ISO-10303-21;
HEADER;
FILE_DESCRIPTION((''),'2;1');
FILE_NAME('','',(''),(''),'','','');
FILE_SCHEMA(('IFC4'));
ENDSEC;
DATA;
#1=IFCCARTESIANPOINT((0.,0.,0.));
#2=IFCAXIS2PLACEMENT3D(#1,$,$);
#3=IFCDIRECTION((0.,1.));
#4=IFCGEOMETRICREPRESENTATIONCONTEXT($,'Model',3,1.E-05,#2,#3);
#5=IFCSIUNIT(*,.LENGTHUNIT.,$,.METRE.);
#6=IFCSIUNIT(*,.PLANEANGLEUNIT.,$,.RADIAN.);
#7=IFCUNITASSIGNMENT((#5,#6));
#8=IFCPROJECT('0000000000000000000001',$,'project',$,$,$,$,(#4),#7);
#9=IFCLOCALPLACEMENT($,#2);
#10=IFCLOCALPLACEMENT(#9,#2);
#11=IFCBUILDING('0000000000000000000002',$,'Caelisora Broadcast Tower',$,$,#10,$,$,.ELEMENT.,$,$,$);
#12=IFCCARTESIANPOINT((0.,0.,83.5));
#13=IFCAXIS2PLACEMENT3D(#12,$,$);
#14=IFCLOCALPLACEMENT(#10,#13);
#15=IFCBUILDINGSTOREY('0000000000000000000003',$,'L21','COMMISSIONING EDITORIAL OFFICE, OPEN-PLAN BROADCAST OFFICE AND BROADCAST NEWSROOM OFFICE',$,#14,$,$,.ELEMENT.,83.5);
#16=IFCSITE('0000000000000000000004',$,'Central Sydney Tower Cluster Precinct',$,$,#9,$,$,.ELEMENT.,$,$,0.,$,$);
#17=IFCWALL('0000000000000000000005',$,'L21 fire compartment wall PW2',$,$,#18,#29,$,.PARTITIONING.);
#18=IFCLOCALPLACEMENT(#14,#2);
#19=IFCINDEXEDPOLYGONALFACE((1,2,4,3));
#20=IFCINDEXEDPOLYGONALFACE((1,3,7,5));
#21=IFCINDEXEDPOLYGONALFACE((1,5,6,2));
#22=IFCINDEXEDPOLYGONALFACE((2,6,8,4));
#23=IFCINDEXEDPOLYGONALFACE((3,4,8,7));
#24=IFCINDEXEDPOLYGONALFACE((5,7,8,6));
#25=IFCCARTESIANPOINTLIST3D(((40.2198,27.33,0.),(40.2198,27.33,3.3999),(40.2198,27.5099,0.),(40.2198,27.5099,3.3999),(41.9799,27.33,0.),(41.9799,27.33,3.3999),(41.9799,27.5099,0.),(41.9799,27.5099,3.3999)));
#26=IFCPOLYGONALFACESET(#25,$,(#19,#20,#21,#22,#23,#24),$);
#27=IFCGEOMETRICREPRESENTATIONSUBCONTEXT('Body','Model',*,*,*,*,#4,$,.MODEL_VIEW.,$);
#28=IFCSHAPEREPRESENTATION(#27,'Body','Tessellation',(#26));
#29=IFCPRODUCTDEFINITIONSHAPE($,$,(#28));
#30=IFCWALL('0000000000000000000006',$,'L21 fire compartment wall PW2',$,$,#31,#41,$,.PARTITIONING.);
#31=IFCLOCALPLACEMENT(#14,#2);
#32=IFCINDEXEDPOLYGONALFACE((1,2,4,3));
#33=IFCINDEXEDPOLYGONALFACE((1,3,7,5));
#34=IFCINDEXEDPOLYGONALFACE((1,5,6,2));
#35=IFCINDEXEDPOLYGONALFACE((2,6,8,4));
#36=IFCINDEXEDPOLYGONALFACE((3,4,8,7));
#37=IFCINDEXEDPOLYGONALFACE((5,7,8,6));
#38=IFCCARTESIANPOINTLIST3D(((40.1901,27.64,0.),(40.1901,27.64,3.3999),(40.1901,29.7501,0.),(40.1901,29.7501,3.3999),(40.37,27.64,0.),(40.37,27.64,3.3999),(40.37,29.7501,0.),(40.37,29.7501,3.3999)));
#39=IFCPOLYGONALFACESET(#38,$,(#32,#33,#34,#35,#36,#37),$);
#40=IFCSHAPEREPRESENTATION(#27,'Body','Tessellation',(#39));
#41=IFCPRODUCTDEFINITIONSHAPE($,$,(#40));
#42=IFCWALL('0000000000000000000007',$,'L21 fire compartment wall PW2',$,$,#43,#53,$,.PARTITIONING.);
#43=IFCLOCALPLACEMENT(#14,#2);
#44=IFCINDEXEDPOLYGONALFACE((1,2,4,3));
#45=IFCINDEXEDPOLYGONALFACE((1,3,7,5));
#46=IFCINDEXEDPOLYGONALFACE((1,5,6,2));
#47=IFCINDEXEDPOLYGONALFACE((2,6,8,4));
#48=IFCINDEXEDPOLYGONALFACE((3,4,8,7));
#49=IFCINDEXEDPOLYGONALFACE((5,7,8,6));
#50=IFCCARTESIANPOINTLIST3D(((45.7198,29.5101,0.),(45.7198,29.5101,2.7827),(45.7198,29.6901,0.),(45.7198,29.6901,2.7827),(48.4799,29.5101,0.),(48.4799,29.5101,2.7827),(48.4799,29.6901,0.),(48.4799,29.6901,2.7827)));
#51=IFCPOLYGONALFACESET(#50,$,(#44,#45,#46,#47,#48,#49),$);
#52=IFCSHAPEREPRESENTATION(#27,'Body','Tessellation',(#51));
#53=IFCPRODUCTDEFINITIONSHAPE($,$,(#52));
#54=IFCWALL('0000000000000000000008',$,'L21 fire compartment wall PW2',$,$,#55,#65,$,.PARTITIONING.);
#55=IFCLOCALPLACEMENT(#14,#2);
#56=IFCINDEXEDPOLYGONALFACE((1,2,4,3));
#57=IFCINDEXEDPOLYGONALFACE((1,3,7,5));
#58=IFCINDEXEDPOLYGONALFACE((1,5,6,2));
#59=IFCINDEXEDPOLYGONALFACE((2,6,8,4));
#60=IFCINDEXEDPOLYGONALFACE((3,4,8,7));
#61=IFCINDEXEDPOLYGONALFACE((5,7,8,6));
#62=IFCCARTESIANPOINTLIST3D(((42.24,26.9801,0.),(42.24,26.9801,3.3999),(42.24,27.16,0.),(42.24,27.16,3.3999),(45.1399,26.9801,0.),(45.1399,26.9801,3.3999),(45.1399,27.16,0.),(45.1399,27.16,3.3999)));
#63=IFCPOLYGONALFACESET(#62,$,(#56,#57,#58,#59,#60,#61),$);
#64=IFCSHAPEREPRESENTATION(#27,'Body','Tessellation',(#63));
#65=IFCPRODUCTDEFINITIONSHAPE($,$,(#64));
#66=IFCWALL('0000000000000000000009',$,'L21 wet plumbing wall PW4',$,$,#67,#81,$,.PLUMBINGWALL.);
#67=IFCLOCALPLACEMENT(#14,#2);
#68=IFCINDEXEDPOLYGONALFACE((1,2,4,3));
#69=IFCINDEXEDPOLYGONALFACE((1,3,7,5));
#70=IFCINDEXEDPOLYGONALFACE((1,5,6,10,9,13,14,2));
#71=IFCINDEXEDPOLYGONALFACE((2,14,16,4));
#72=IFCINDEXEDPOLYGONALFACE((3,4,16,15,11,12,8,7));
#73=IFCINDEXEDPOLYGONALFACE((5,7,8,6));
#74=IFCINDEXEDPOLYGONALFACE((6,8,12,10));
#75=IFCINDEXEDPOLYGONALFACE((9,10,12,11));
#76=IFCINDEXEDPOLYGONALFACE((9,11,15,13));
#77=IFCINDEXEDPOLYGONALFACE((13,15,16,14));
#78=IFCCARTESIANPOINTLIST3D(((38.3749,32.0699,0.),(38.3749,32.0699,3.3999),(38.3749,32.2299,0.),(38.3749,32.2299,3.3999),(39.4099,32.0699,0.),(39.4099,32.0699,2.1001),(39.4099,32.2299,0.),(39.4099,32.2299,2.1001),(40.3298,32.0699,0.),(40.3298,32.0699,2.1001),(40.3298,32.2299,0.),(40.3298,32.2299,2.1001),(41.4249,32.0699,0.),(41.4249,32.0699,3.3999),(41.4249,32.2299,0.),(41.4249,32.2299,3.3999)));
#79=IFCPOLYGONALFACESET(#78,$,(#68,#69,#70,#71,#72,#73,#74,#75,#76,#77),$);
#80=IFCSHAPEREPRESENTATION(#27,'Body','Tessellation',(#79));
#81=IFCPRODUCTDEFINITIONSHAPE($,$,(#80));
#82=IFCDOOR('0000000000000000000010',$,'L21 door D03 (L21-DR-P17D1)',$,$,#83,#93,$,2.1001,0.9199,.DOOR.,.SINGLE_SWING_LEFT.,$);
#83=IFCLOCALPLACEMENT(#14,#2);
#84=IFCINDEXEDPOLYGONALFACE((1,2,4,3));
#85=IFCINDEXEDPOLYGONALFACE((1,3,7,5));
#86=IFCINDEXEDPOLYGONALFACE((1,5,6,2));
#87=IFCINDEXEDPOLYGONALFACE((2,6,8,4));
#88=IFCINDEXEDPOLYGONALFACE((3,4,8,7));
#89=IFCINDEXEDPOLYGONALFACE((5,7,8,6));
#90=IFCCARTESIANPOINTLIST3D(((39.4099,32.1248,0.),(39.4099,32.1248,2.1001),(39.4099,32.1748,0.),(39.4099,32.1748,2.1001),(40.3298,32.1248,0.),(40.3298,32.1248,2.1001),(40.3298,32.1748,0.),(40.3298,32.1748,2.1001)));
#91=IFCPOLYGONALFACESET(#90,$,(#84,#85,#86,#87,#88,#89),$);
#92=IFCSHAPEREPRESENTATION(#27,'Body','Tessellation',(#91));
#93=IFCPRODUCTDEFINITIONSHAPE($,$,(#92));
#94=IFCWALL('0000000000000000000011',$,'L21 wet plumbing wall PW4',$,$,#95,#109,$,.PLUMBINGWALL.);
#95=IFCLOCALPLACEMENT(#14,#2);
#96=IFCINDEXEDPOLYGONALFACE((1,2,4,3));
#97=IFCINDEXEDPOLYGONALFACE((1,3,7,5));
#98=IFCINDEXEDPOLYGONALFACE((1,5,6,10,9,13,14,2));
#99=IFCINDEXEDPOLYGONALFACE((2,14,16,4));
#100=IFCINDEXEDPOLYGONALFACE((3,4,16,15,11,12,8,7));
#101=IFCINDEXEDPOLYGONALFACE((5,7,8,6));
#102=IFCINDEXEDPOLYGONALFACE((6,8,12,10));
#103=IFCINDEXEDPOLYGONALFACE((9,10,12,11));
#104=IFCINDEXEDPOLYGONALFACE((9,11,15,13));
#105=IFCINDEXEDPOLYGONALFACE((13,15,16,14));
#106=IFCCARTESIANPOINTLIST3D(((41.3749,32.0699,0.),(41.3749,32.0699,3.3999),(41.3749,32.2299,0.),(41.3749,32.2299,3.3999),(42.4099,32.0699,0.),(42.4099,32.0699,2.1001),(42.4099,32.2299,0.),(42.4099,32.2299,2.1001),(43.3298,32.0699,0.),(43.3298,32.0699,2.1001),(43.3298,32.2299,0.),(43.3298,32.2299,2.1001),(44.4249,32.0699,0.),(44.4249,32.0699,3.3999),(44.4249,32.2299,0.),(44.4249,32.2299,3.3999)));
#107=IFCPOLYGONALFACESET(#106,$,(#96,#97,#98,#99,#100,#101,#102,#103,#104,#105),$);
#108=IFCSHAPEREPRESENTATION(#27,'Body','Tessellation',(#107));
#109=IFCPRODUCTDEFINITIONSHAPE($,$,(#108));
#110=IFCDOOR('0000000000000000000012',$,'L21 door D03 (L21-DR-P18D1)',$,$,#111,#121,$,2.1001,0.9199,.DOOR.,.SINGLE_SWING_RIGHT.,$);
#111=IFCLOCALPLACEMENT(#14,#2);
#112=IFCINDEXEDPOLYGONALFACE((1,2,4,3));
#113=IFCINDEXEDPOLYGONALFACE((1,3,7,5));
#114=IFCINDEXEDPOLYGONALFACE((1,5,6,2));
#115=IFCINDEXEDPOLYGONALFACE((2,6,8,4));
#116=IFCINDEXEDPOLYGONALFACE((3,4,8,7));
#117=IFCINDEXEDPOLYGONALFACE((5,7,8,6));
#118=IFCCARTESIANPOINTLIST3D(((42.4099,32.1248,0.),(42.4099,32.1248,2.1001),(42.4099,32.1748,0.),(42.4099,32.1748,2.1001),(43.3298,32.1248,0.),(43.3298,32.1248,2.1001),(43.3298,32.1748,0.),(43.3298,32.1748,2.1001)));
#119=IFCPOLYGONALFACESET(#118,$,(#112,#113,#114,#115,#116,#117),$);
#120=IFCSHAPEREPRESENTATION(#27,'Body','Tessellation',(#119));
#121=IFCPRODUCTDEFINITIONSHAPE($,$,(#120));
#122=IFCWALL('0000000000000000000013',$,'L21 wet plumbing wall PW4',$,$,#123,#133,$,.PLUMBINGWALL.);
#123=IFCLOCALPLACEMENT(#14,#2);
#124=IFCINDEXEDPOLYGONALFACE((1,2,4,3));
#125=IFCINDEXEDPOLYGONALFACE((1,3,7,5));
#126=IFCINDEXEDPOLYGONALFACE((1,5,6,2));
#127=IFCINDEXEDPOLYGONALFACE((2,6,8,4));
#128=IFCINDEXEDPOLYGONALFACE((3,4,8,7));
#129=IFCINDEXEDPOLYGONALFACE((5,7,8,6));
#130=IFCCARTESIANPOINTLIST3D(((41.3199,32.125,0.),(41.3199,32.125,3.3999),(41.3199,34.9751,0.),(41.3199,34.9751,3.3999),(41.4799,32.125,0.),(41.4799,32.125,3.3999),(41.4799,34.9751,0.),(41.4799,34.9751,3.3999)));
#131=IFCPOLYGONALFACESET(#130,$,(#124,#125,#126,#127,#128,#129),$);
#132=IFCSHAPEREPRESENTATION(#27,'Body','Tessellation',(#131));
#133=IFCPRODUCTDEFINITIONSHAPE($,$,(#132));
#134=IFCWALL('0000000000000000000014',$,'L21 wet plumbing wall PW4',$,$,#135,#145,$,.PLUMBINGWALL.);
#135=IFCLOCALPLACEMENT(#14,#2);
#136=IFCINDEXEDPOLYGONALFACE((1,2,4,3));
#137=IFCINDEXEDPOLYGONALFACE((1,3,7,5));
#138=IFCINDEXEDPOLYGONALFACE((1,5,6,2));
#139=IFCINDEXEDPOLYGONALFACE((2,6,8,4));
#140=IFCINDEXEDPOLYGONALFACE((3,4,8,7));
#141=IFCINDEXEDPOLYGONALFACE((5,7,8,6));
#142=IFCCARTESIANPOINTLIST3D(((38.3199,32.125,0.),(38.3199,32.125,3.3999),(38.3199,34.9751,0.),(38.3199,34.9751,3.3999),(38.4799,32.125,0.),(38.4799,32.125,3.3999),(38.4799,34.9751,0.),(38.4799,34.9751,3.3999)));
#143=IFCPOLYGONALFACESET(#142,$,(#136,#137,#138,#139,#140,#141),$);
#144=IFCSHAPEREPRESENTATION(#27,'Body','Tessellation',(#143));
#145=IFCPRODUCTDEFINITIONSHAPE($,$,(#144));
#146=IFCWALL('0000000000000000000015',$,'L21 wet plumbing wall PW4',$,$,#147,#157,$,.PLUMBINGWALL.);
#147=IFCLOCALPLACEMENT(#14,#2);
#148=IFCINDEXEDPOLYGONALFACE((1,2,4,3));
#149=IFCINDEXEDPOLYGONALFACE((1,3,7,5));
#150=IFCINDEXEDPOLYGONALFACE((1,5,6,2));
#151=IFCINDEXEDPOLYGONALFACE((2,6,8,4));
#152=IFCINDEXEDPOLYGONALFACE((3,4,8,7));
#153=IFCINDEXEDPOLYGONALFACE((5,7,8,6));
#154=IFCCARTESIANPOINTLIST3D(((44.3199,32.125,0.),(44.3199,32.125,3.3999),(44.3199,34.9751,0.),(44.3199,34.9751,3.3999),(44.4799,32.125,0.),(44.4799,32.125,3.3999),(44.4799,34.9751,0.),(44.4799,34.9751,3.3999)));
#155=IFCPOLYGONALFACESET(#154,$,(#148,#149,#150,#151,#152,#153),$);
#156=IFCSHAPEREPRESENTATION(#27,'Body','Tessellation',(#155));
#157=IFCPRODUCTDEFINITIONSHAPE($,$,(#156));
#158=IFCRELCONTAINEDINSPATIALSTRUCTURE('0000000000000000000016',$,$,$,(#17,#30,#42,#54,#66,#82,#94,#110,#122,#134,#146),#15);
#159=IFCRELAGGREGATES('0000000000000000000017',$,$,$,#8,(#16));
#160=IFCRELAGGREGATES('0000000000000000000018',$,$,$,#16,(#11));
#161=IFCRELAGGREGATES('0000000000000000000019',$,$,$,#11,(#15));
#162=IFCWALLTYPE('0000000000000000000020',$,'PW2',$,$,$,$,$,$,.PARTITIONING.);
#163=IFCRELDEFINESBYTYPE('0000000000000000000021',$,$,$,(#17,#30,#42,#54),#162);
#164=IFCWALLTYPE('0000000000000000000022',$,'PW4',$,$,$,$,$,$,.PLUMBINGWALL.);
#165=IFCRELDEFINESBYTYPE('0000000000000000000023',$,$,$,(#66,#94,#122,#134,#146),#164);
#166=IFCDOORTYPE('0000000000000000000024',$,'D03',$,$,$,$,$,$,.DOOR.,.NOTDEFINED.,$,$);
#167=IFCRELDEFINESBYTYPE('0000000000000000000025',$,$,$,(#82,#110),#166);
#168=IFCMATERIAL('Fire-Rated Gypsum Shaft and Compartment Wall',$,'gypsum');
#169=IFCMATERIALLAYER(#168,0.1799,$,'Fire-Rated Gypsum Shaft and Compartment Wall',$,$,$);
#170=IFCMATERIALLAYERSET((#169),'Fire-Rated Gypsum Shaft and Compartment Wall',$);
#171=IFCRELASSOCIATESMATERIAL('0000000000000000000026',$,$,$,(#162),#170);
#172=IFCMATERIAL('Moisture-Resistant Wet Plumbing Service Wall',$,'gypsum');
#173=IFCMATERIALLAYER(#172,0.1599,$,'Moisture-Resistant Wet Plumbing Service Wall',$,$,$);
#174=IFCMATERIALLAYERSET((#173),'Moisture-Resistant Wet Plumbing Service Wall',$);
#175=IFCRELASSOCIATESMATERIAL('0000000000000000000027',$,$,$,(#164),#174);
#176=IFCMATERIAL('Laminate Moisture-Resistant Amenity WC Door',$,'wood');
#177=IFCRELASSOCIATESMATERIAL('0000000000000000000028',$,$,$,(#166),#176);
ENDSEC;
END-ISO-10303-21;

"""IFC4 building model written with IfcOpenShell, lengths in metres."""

from ifc_helpers import new_model, si_unit, direction, frame, frame_2d, origin, place, context, subcontext, project, spatial, rectangle, extrude, material, layer, layer_set, type_object, element, fill, save


model = new_model("IFC4")

# Units and contexts
model_context = context("Model", 3, precision=1e-05, world=origin(), true_north=direction((0.0, 1.0)))
body_context = subcontext(model_context, "Body", "Model", "MODEL_VIEW")
ifc_project = project(units=[si_unit("LENGTHUNIT", "METRE"), si_unit("PLANEANGLEUNIT", "RADIAN")], contexts=[model_context])

# Site, building, storey
site_placement = place(None, origin())
site = spatial("IfcSite", under=ifc_project, at=site_placement, Name="Central Sydney Tower Cluster Precinct", CompositionType="ELEMENT", RefElevation=0.0)
building_placement = place(site_placement, origin())
building = spatial("IfcBuilding", under=site, at=building_placement, Name="Caelisora Broadcast Tower", CompositionType="ELEMENT")
storey_placement = place(building_placement, frame((0.0, 0.0, 83.5)))
storey = spatial("IfcBuildingStorey", under=building, at=storey_placement, Name="L21", Description="COMMISSIONING EDITORIAL OFFICE, OPEN-PLAN BROADCAST OFFICE AND BROADCAST NEWSROOM OFFICE", CompositionType="ELEMENT", Elevation=83.5)

# Walls
ifc_material_1 = material(Name="Fire-Rated Gypsum Shaft and Compartment Wall", Category="gypsum")
ifc_layer_1 = layer(ifc_material_1, 0.1799, Name="Fire-Rated Gypsum Shaft and Compartment Wall")
ifc_layer_set_1 = layer_set([ifc_layer_1], Name="Fire-Rated Gypsum Shaft and Compartment Wall")
wall_type_1 = type_object("IfcWallType", Name="PW2", PredefinedType="PARTITIONING", material=ifc_layer_set_1)
wall_1_placement = place(storey_placement, frame((40.22, 27.4199, 0.0), z_axis=(0.0, 0.0, 1.0), x_axis=(1.0, 0.0, 0.0)))
element("IfcWall", 1, at=wall_1_placement, inside=storey, type_object=wall_type_1, Name="L21 fire compartment wall PW2", PredefinedType="PARTITIONING", context=body_context, shape_type="SweptSolid", body=[
    extrude(rectangle(XDim=1.76, YDim=0.1799, at=frame_2d((0.8799, 0.0))), origin(), (0.0, 0.0, 1.0), 3.3999),
])
wall_2_placement = place(storey_placement, frame((40.28, 27.6399, 0.0), z_axis=(0.0, 0.0, 1.0), x_axis=(0.0, 1.0, 0.0)))
element("IfcWall", 2, at=wall_2_placement, inside=storey, type_object=wall_type_1, Name="L21 fire compartment wall PW2", PredefinedType="PARTITIONING", context=body_context, shape_type="SweptSolid", body=[
    extrude(rectangle(XDim=2.1101, YDim=0.1799, at=frame_2d((1.0552, 0.0))), origin(), (0.0, 0.0, 1.0), 3.3999),
])
wall_3_placement = place(storey_placement, frame((45.72, 29.6001, 0.0), z_axis=(0.0, 0.0, 1.0), x_axis=(1.0, 0.0, 0.0)))
element("IfcWall", 3, at=wall_3_placement, inside=storey, type_object=wall_type_1, Name="L21 fire compartment wall PW2", PredefinedType="PARTITIONING", context=body_context, shape_type="SweptSolid", body=[
    extrude(rectangle(XDim=2.76, YDim=0.1799, at=frame_2d((1.3799, 0.0))), origin(), (0.0, 0.0, 1.0), 2.7827),
])
wall_4_placement = place(storey_placement, frame((42.24, 27.0701, 0.0), z_axis=(0.0, 0.0, 1.0), x_axis=(1.0, 0.0, 0.0)))
element("IfcWall", 4, at=wall_4_placement, inside=storey, type_object=wall_type_1, Name="L21 fire compartment wall PW2", PredefinedType="PARTITIONING", context=body_context, shape_type="SweptSolid", body=[
    extrude(rectangle(XDim=2.8999, YDim=0.1799, at=frame_2d((1.45, 0.0))), origin(), (0.0, 0.0, 1.0), 3.3999),
])

# Walls, openings, doors
ifc_material_2 = material(Name="Moisture-Resistant Wet Plumbing Service Wall", Category="gypsum")
ifc_layer_2 = layer(ifc_material_2, 0.1599, Name="Moisture-Resistant Wet Plumbing Service Wall")
ifc_layer_set_2 = layer_set([ifc_layer_2], Name="Moisture-Resistant Wet Plumbing Service Wall")
wall_type_2 = type_object("IfcWallType", Name="PW4", PredefinedType="PLUMBINGWALL", material=ifc_layer_set_2)
wall_5_placement = place(storey_placement, frame((38.375, 32.1499, 0.0), z_axis=(0.0, 0.0, 1.0), x_axis=(1.0, 0.0, 0.0)))
wall_5 = element("IfcWall", 5, at=wall_5_placement, inside=storey, type_object=wall_type_2, Name="L21 wet plumbing wall PW4", PredefinedType="PLUMBINGWALL", context=body_context, shape_type="SweptSolid", body=[
    extrude(rectangle(XDim=3.05, YDim=0.1599, at=frame_2d((1.5249, 0.0))), origin(), (0.0, 0.0, 1.0), 3.3999),
])
opening_1_placement = place(wall_5_placement, frame((1.0349, 0.0, 0.0)))
opening_1 = element("IfcOpeningElement", 6, at=opening_1_placement, cuts=wall_5, PredefinedType="OPENING", context=body_context, shape_type="SweptSolid", body=[
    extrude(rectangle(XDim=0.9199, YDim=2.1001, at=frame_2d((0.46, 1.05))), frame((0.0, 0.092, 0.0), z_axis=(0.0, -1.0, 0.0), x_axis=(1.0, 0.0, 0.0)), (0.0, 0.0, 1.0), 0.1838),
])
ifc_material_3 = material(Name="Laminate Moisture-Resistant Amenity WC Door", Category="wood")
door_type_1 = type_object("IfcDoorType", Name="D03", OperationType="NOTDEFINED", PredefinedType="DOOR", material=ifc_material_3)
door_1_placement = place(opening_1_placement, origin())
door_1 = element("IfcDoor", 7, at=door_1_placement, inside=storey, type_object=door_type_1, Name="L21 door D03 (L21-DR-P17D1)", OperationType="SINGLE_SWING_LEFT", OverallHeight=2.1001, OverallWidth=0.9199, PredefinedType="DOOR", context=body_context, shape_type="SweptSolid", body=[
    extrude(rectangle(XDim=0.9199, YDim=2.1001, at=frame_2d((0.46, 1.05))), frame((0.0, 0.0249, 0.0), z_axis=(0.0, -1.0, 0.0), x_axis=(1.0, 0.0, 0.0)), (0.0, 0.0, 1.0), 0.05),
])
fill(opening_1, door_1)
wall_6_placement = place(storey_placement, frame((41.375, 32.1499, 0.0), z_axis=(0.0, 0.0, 1.0), x_axis=(1.0, 0.0, 0.0)))
wall_6 = element("IfcWall", 8, at=wall_6_placement, inside=storey, type_object=wall_type_2, Name="L21 wet plumbing wall PW4", PredefinedType="PLUMBINGWALL", context=body_context, shape_type="SweptSolid", body=[
    extrude(rectangle(XDim=3.05, YDim=0.1599, at=frame_2d((1.5249, 0.0))), origin(), (0.0, 0.0, 1.0), 3.3999),
])
opening_2_placement = place(wall_6_placement, frame((1.0349, 0.0, 0.0)))
opening_2 = element("IfcOpeningElement", 9, at=opening_2_placement, cuts=wall_6, PredefinedType="OPENING", context=body_context, shape_type="SweptSolid", body=[
    extrude(rectangle(XDim=0.9199, YDim=2.1001, at=frame_2d((0.46, 1.05))), frame((0.0, 0.092, 0.0), z_axis=(0.0, -1.0, 0.0), x_axis=(1.0, 0.0, 0.0)), (0.0, 0.0, 1.0), 0.1838),
])
door_2_placement = place(opening_2_placement, origin())
door_2 = element("IfcDoor", 10, at=door_2_placement, inside=storey, type_object=door_type_1, Name="L21 door D03 (L21-DR-P18D1)", OperationType="SINGLE_SWING_RIGHT", OverallHeight=2.1001, OverallWidth=0.9199, PredefinedType="DOOR", context=body_context, shape_type="SweptSolid", body=[
    extrude(rectangle(XDim=0.9199, YDim=2.1001, at=frame_2d((0.46, 1.05))), frame((0.0, 0.0249, 0.0), z_axis=(0.0, -1.0, 0.0), x_axis=(1.0, 0.0, 0.0)), (0.0, 0.0, 1.0), 0.05),
])
fill(opening_2, door_2)

# Walls
for number, where, z_axis, x_axis, name in (
    (11, (41.3999, 32.125, 0.0), (0.0, 0.0, 1.0), (0.0, 1.0, 0.0), "L21 wet plumbing wall PW4"),
    (12, (38.3999, 32.125, 0.0), (0.0, 0.0, 1.0), (0.0, 1.0, 0.0), "L21 wet plumbing wall PW4"),
    (13, (44.3999, 32.125, 0.0), (0.0, 0.0, 1.0), (0.0, 1.0, 0.0), "L21 wet plumbing wall PW4"),
):
    element("IfcWall", number, at=place(storey_placement, frame(where, z_axis=z_axis, x_axis=x_axis)), inside=storey, type_object=wall_type_2, Name=name, PredefinedType="PLUMBINGWALL", context=body_context, shape_type="SweptSolid", body=[
        extrude(rectangle(XDim=2.8501, YDim=0.1599, at=frame_2d((1.425, 0.0))), origin(), (0.0, 0.0, 1.0), 3.3999),
    ])

save(model, "model.ifc")
